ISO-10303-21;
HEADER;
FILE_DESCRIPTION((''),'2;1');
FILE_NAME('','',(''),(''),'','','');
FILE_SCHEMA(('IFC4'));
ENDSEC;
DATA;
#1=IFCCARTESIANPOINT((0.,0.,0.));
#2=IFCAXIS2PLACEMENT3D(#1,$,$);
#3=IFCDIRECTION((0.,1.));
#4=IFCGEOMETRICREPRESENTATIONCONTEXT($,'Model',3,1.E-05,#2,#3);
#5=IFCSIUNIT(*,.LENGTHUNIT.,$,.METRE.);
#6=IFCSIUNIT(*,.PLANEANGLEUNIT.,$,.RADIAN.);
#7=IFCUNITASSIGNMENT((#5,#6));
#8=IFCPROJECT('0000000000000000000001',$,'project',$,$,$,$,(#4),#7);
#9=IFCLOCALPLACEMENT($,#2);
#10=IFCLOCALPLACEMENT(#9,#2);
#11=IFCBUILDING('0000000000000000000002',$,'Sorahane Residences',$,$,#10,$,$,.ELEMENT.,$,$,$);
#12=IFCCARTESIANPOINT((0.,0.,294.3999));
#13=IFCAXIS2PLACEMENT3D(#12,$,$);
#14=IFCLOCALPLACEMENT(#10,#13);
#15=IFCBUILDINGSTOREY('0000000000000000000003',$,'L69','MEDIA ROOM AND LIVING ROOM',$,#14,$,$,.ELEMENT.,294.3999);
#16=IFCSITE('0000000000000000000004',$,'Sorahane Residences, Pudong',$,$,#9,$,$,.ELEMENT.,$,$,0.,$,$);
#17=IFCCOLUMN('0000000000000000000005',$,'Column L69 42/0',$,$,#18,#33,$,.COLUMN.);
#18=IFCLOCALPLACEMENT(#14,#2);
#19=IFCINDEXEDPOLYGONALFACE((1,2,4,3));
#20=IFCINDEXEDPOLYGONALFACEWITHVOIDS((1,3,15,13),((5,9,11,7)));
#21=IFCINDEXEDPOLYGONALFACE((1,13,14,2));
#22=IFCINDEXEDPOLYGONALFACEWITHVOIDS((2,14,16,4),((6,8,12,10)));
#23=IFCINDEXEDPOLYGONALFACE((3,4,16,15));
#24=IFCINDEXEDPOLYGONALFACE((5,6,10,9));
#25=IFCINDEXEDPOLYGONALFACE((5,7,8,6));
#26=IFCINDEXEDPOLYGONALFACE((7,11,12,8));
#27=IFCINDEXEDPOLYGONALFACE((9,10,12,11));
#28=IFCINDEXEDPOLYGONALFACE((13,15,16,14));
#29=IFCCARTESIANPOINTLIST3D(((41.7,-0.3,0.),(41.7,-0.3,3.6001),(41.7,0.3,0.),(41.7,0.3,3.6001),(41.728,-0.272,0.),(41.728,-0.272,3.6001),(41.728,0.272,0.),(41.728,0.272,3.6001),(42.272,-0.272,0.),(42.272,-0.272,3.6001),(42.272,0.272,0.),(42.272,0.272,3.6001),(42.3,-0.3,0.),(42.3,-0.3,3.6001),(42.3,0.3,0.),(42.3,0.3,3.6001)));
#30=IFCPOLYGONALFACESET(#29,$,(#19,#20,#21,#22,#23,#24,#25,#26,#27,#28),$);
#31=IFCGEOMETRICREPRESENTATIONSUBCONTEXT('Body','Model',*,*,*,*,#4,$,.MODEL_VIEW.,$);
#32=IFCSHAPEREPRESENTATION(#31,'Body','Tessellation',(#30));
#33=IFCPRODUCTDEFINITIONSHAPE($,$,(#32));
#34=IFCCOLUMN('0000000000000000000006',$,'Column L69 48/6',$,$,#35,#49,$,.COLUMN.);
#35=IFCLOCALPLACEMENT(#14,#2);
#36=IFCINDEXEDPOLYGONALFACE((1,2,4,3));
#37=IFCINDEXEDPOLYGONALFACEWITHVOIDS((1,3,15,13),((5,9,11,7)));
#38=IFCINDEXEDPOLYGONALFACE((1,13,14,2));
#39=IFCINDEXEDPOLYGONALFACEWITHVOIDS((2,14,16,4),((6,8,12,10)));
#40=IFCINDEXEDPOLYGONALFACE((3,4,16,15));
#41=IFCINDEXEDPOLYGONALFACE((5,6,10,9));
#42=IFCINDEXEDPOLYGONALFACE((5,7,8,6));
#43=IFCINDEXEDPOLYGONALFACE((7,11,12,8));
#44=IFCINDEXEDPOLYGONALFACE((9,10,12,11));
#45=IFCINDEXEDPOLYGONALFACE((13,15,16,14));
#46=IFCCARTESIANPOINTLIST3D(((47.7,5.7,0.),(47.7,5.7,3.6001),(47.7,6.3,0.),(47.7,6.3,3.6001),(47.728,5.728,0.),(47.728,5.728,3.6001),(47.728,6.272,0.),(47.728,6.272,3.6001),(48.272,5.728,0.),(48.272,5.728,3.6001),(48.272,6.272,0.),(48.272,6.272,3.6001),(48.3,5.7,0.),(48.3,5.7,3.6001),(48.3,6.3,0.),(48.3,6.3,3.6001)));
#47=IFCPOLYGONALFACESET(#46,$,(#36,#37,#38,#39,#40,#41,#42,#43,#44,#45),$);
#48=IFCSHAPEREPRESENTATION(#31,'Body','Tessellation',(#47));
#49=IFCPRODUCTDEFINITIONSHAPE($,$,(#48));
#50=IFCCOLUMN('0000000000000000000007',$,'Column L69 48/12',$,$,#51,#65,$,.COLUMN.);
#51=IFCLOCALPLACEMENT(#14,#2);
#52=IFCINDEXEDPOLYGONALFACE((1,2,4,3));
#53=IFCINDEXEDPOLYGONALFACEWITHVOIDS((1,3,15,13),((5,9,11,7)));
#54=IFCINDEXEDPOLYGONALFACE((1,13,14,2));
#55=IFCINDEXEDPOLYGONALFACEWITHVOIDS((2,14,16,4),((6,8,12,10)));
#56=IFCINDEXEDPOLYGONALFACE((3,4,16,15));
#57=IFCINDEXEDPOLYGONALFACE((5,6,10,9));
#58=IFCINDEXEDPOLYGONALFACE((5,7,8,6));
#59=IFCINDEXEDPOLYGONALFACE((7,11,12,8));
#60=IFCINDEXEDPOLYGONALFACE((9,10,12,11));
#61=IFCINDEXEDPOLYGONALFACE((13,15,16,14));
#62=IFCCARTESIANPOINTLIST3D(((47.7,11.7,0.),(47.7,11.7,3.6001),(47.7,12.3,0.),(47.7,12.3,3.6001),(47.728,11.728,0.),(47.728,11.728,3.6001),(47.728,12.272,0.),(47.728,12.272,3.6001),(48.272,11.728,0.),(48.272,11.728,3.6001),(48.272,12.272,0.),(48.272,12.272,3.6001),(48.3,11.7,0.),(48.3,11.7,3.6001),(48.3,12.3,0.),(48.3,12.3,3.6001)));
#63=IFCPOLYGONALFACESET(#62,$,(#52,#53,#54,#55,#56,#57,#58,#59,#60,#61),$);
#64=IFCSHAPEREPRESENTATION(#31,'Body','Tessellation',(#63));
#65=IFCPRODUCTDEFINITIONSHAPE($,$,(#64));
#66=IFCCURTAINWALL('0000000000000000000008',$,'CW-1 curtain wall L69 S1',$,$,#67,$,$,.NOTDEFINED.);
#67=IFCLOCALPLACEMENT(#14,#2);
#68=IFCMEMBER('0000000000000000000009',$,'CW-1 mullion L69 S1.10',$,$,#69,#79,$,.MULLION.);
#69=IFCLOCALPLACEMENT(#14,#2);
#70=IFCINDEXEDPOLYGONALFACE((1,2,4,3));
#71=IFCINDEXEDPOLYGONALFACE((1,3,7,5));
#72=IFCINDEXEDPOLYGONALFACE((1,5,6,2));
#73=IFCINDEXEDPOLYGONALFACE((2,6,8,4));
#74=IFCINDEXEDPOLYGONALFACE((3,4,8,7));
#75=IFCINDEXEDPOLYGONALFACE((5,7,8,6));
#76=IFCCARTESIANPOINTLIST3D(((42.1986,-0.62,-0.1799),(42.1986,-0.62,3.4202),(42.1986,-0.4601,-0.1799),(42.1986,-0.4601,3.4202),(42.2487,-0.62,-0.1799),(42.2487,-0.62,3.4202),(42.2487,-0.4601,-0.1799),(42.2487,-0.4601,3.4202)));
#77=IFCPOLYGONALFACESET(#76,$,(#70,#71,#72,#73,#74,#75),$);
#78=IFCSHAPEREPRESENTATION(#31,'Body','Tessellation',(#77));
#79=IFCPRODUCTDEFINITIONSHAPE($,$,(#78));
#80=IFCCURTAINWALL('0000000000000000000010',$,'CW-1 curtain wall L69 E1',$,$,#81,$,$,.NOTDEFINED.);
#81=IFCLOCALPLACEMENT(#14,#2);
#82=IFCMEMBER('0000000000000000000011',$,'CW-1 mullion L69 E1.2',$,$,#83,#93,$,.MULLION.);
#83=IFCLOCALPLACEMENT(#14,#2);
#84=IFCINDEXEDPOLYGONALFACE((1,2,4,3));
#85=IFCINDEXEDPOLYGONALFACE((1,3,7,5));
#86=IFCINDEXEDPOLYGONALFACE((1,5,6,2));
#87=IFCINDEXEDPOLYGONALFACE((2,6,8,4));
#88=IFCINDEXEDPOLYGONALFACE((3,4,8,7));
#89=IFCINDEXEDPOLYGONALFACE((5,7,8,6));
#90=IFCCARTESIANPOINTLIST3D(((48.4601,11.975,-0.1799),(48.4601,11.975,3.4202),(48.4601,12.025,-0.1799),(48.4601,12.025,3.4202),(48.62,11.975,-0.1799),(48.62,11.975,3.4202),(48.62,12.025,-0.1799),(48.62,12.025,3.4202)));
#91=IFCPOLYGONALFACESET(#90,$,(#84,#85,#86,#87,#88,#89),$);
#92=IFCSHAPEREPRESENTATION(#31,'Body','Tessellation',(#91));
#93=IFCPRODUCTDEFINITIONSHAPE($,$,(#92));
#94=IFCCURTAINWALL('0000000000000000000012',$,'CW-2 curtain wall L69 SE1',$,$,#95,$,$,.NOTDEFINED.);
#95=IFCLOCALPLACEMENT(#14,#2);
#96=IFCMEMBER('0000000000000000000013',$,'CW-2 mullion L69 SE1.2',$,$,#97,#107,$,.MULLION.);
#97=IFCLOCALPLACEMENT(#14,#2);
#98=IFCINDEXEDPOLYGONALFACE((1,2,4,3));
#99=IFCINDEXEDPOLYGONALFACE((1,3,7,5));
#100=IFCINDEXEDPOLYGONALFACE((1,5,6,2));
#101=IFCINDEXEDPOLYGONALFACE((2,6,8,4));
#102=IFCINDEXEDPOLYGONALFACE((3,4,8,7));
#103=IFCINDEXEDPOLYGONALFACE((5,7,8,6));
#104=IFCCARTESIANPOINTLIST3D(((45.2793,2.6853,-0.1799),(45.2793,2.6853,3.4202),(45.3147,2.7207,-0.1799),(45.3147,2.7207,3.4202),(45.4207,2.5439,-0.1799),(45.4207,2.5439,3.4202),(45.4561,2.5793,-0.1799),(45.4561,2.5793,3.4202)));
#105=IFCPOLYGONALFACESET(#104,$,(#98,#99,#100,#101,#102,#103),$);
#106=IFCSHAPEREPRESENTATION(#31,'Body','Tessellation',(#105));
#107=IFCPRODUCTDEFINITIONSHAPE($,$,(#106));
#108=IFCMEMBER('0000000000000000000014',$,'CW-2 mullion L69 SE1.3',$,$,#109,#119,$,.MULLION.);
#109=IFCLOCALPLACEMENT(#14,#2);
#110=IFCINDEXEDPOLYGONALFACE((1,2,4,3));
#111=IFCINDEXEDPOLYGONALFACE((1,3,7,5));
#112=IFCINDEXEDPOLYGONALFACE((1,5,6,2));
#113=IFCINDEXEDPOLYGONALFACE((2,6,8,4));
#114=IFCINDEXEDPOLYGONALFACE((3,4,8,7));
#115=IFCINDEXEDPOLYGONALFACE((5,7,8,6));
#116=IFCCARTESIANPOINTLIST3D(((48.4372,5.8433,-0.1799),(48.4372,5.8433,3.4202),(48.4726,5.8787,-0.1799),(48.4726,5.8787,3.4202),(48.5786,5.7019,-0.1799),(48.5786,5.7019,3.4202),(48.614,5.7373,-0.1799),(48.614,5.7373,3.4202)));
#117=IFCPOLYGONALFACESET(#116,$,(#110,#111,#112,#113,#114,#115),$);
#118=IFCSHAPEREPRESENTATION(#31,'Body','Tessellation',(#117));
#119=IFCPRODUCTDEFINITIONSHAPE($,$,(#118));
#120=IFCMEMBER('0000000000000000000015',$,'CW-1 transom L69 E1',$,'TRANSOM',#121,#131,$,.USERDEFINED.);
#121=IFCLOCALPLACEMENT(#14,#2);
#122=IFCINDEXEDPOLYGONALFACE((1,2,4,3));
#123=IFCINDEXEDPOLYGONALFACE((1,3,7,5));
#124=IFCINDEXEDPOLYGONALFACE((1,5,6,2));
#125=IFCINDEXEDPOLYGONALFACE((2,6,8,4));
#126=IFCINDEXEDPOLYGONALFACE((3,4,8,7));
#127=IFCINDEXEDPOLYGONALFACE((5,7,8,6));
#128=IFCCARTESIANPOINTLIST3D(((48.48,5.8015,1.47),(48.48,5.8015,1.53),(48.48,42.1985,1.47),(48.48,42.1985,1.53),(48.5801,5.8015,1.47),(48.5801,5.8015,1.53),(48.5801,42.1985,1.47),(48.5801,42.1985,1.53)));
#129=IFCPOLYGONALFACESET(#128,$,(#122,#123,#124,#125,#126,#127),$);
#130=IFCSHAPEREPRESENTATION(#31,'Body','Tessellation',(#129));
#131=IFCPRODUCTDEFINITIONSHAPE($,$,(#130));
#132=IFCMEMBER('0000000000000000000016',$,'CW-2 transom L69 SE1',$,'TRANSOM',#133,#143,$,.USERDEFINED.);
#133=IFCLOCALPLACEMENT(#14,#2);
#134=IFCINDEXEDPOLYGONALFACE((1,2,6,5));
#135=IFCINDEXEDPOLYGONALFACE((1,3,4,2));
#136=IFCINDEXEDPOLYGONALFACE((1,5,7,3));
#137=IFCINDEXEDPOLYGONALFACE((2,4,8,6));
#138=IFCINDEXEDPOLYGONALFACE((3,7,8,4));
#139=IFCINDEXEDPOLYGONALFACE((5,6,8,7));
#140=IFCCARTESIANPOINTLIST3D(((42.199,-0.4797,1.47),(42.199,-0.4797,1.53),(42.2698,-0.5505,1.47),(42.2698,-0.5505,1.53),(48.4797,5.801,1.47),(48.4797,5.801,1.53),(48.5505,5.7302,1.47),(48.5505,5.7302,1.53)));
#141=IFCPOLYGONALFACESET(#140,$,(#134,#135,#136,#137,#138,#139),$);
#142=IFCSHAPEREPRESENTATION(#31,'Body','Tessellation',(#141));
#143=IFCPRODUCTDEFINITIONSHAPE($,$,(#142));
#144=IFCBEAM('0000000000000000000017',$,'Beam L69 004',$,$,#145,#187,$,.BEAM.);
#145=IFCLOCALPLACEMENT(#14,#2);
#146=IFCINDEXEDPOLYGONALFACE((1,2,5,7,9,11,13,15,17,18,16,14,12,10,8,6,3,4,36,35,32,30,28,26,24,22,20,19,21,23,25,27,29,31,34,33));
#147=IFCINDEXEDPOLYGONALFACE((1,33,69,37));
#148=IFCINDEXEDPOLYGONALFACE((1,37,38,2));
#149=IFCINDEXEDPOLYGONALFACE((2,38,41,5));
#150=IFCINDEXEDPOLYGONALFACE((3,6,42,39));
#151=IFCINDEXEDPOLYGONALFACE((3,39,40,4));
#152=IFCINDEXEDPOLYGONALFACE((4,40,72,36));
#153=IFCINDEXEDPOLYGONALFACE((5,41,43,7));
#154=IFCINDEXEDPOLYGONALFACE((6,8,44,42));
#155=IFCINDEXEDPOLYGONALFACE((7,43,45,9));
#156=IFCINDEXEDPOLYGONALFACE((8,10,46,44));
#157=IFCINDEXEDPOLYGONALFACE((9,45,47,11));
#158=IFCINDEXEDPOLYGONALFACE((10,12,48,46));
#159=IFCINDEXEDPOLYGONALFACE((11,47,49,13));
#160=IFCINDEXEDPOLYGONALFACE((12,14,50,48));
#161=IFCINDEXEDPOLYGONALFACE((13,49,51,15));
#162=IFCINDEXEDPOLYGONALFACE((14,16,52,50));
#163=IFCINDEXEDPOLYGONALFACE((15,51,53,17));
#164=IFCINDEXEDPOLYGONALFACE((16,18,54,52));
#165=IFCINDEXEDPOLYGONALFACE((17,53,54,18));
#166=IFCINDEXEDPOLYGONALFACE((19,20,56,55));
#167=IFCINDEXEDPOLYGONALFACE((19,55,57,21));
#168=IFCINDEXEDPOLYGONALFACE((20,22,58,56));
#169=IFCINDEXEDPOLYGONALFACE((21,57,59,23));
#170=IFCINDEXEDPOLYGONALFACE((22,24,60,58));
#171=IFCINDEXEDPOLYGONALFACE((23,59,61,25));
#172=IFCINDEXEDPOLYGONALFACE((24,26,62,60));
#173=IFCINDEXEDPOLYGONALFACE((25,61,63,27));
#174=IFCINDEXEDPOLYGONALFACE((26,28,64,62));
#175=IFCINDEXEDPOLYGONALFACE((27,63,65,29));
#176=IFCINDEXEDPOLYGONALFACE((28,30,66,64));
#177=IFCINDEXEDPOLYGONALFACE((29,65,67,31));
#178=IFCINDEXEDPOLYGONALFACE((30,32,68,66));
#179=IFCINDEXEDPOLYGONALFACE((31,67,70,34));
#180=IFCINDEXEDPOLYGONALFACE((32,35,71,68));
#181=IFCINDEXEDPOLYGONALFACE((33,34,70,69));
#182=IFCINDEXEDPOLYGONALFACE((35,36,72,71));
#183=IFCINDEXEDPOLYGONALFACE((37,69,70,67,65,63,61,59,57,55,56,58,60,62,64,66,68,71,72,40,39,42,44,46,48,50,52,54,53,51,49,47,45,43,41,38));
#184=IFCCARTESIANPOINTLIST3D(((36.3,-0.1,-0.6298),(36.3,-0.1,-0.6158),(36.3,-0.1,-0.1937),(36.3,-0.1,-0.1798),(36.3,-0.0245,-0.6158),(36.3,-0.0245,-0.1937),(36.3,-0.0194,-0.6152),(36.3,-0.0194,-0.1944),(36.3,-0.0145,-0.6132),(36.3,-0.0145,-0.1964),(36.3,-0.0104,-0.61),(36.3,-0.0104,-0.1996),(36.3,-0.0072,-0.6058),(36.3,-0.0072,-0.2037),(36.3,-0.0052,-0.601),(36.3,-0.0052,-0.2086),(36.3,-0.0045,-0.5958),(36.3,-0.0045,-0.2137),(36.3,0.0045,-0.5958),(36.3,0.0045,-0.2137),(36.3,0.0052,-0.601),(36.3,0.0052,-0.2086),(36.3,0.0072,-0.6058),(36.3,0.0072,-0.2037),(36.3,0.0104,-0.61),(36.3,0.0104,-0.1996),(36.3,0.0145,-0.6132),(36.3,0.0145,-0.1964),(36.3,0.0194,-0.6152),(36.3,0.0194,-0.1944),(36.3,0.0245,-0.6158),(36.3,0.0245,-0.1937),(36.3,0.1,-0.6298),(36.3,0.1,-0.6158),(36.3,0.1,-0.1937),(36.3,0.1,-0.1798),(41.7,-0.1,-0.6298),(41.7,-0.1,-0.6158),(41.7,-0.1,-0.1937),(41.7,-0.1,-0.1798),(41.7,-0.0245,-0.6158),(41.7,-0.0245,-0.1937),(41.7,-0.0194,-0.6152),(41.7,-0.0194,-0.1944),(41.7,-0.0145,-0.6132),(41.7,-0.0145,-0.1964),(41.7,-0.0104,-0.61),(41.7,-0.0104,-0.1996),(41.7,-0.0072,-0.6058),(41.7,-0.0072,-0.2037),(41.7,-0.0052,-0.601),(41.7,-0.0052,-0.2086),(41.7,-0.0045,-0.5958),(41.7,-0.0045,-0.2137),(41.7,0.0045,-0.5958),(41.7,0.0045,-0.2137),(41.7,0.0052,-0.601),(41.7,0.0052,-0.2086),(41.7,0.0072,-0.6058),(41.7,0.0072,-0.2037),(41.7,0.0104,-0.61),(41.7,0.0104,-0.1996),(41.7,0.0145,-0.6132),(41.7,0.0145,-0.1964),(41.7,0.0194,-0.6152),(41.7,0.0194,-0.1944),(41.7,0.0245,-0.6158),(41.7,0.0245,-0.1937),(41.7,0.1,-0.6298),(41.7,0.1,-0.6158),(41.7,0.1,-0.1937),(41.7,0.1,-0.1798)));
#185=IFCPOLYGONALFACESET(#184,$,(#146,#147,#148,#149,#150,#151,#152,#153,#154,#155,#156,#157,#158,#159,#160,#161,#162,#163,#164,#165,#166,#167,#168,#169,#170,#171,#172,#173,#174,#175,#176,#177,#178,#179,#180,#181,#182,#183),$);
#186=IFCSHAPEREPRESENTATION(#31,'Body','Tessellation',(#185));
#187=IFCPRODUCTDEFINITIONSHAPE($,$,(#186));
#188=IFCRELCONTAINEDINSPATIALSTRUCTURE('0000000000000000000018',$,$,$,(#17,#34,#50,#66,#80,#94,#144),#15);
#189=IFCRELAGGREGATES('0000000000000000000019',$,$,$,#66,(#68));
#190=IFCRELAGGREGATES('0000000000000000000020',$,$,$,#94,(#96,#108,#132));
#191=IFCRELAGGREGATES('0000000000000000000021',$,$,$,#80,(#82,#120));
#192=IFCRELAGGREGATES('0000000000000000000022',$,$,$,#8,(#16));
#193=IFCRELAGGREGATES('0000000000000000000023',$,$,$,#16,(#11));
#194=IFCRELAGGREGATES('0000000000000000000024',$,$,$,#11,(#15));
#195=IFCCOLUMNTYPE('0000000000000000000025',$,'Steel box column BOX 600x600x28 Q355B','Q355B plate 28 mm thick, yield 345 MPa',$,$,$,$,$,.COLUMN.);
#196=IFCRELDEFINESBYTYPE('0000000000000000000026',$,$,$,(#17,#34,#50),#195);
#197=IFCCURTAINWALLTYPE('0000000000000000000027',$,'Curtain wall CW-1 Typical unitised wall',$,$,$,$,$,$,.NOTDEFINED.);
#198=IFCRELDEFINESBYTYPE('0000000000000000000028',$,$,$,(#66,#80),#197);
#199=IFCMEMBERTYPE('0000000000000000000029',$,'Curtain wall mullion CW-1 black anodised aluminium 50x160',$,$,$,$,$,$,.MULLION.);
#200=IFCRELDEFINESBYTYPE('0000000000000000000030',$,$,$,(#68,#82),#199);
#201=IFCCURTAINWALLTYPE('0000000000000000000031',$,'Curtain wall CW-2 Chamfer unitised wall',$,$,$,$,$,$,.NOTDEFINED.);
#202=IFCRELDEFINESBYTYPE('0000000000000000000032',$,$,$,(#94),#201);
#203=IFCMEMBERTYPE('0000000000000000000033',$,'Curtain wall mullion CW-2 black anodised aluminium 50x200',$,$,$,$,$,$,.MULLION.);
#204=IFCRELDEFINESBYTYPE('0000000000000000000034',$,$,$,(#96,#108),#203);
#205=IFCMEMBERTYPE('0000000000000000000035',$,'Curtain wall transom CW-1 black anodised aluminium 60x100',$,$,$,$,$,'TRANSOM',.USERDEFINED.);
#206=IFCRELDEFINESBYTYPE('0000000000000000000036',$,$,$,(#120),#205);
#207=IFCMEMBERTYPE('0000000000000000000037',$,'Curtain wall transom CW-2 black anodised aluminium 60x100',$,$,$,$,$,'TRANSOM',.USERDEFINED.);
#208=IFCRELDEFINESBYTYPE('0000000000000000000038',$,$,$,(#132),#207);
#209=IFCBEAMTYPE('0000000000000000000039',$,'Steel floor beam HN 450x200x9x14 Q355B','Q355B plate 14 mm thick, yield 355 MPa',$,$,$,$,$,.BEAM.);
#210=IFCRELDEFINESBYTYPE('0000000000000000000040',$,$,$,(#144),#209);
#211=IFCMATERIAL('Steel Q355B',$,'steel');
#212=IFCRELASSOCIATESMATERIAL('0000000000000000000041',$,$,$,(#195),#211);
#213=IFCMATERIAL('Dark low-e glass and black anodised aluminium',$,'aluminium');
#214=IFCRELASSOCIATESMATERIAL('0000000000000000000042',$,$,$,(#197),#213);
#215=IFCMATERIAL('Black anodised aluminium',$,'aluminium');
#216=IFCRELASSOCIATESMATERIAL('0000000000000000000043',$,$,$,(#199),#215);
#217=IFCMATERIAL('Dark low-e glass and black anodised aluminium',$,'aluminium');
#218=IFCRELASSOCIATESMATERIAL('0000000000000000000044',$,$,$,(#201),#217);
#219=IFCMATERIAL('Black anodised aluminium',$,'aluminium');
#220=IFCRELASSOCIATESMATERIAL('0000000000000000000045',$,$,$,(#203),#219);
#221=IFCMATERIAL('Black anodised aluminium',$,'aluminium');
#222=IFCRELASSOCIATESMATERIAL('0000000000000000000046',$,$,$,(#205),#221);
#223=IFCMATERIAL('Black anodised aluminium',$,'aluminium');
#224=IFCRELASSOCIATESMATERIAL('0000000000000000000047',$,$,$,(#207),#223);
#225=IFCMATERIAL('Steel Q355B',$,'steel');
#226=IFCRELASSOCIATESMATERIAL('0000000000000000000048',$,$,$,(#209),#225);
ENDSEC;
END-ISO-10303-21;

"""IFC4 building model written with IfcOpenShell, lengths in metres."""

from ifc_helpers import new_model, si_unit, direction, frame, origin, origin_2d, place, context, subcontext, project, spatial, rectangle, hollow_rectangle, i_section, extrude, material, material_profile, profile_set, type_object, element, aggregate, save


model = new_model("IFC4")

# Units and contexts
model_context = context("Model", 3, precision=1e-05, world=origin(), true_north=direction((0.0, 1.0)))
body_context = subcontext(model_context, "Body", "Model", "MODEL_VIEW")
ifc_project = project(units=[si_unit("LENGTHUNIT", "METRE"), si_unit("PLANEANGLEUNIT", "RADIAN")], contexts=[model_context])

# Site, building, storey
site_placement = place(None, origin())
site = spatial("IfcSite", under=ifc_project, at=site_placement, Name="Sorahane Residences, Pudong", CompositionType="ELEMENT", RefElevation=0.0)
building_placement = place(site_placement, origin())
building = spatial("IfcBuilding", under=site, at=building_placement, Name="Sorahane Residences", CompositionType="ELEMENT")
storey_placement = place(building_placement, frame((0.0, 0.0, 294.3999)))
storey = spatial("IfcBuildingStorey", under=building, at=storey_placement, Name="L69", Description="MEDIA ROOM AND LIVING ROOM", CompositionType="ELEMENT", Elevation=294.3999)

# Columns
ifc_material_1 = material(Name="Steel Q355B", Category="steel")
ifc_material_profile_1 = material_profile(ifc_material_1, hollow_rectangle(XDim=0.6001, YDim=0.6001, WallThickness=0.0281, at=origin_2d()), Name="BOX 600x600x28")
ifc_profile_set_1 = profile_set([ifc_material_profile_1], Name="Steel Q355B")
column_type = type_object("IfcColumnType", Name="Steel box column BOX 600x600x28 Q355B", Description="Q355B plate 28 mm thick, yield 345 MPa", PredefinedType="COLUMN", material=ifc_profile_set_1)
for number, where, z_axis, x_axis, name in (
    (1, (42.0, 0.0, 0.0), (0.0, 0.0, 1.0), (1.0, 0.0, 0.0), "Column L69 42/0"),
    (2, (48.0, 6.0, 0.0), (0.0, 0.0, 1.0), (1.0, 0.0, 0.0), "Column L69 48/6"),
    (3, (48.0, 12.0, 0.0), (0.0, 0.0, 1.0), (1.0, 0.0, 0.0), "Column L69 48/12"),
):
    element("IfcColumn", number, at=place(storey_placement, frame(where, z_axis=z_axis, x_axis=x_axis)), inside=storey, type_object=column_type, Name=name, PredefinedType="COLUMN", context=body_context, shape_type="SweptSolid", body=[
        extrude(hollow_rectangle(XDim=0.6001, YDim=0.6001, WallThickness=0.0281, at=origin_2d()), origin(), (0.0, 0.0, 1.0), 3.6001),
    ])

# Curtain walls, members
ifc_material_2 = material(Name="Dark low-e glass and black anodised aluminium", Category="aluminium")
curtain_wall_type_1 = type_object("IfcCurtainWallType", Name="Curtain wall CW-1 Typical unitised wall", PredefinedType="NOTDEFINED", material=ifc_material_2)
curtain_wall_1_placement = place(storey_placement, origin())
curtain_wall_1 = element("IfcCurtainWall", 4, at=curtain_wall_1_placement, inside=storey, type_object=curtain_wall_type_1, Name="CW-1 curtain wall L69 S1", PredefinedType="NOTDEFINED")
ifc_material_3 = material(Name="Black anodised aluminium", Category="aluminium")
ifc_material_profile_2 = material_profile(ifc_material_3, rectangle(XDim=0.1599, YDim=0.05, at=origin_2d()), Name="Curtain wall mullion CW-1 black anodised aluminium 50x160")
ifc_profile_set_2 = profile_set([ifc_material_profile_2], Name="Black anodised aluminium")
member_type_1 = type_object("IfcMemberType", Name="Curtain wall mullion CW-1 black anodised aluminium 50x160", PredefinedType="MULLION", material=ifc_profile_set_2)
member_1_placement = place(storey_placement, frame((42.2236, -0.54, -0.1799), z_axis=(0.0, 0.0, 1.0), x_axis=(0.0, -1.0, 0.0)))
member_1 = element("IfcMember", 5, at=member_1_placement, type_object=member_type_1, Name="CW-1 mullion L69 S1.10", PredefinedType="MULLION", context=body_context, shape_type="SweptSolid", body=[
    extrude(rectangle(XDim=0.1599, YDim=0.05, at=origin_2d()), origin(), (0.0, 0.0, 1.0), 3.6001),
])
curtain_wall_2_placement = place(storey_placement, origin())
curtain_wall_2 = element("IfcCurtainWall", 6, at=curtain_wall_2_placement, inside=storey, type_object=curtain_wall_type_1, Name="CW-1 curtain wall L69 E1", PredefinedType="NOTDEFINED")
member_2_placement = place(storey_placement, frame((48.54, 12.0, -0.1799), z_axis=(0.0, 0.0, 1.0), x_axis=(1.0, 0.0, 0.0)))
member_2 = element("IfcMember", 7, at=member_2_placement, type_object=member_type_1, Name="CW-1 mullion L69 E1.2", PredefinedType="MULLION", context=body_context, shape_type="SweptSolid", body=[
    extrude(rectangle(XDim=0.1599, YDim=0.05, at=origin_2d()), origin(), (0.0, 0.0, 1.0), 3.6001),
])

# Curtain wall, members
ifc_material_4 = material(Name="Dark low-e glass and black anodised aluminium", Category="aluminium")
curtain_wall_type_2 = type_object("IfcCurtainWallType", Name="Curtain wall CW-2 Chamfer unitised wall", PredefinedType="NOTDEFINED", material=ifc_material_4)
curtain_wall_3_placement = place(storey_placement, origin())
curtain_wall_3 = element("IfcCurtainWall", 8, at=curtain_wall_3_placement, inside=storey, type_object=curtain_wall_type_2, Name="CW-2 curtain wall L69 SE1", PredefinedType="NOTDEFINED")
ifc_material_5 = material(Name="Black anodised aluminium", Category="aluminium")
ifc_material_profile_3 = material_profile(ifc_material_5, rectangle(XDim=0.2, YDim=0.05, at=origin_2d()), Name="Curtain wall mullion CW-2 black anodised aluminium 50x200")
ifc_profile_set_3 = profile_set([ifc_material_profile_3], Name="Black anodised aluminium")
member_type_2 = type_object("IfcMemberType", Name="Curtain wall mullion CW-2 black anodised aluminium 50x200", PredefinedType="MULLION", material=ifc_profile_set_3)
member_3_placement = place(storey_placement, frame((45.3677, 2.6323, -0.1799), z_axis=(0.0, 0.0, 1.0), x_axis=(0.707107, -0.707107, 0.0)))
member_3 = element("IfcMember", 9, at=member_3_placement, type_object=member_type_2, Name="CW-2 mullion L69 SE1.2", PredefinedType="MULLION", context=body_context, shape_type="SweptSolid", body=[
    extrude(rectangle(XDim=0.2, YDim=0.05, at=origin_2d()), origin(), (0.0, 0.0, 1.0), 3.6001),
])
member_4_placement = place(storey_placement, frame((48.5256, 5.7903, -0.1799), z_axis=(0.0, 0.0, 1.0), x_axis=(0.707107, -0.707107, 0.0)))
member_4 = element("IfcMember", 10, at=member_4_placement, type_object=member_type_2, Name="CW-2 mullion L69 SE1.3", PredefinedType="MULLION", context=body_context, shape_type="SweptSolid", body=[
    extrude(rectangle(XDim=0.2, YDim=0.05, at=origin_2d()), origin(), (0.0, 0.0, 1.0), 3.6001),
])

# Members
ifc_material_6 = material(Name="Black anodised aluminium", Category="aluminium")
ifc_material_profile_4 = material_profile(ifc_material_6, rectangle(XDim=0.1001, YDim=0.0601, at=origin_2d()), Name="Curtain wall transom CW-1 black anodised aluminium 60x100")
ifc_profile_set_4 = profile_set([ifc_material_profile_4], Name="Black anodised aluminium")
member_type_3 = type_object("IfcMemberType", Name="Curtain wall transom CW-1 black anodised aluminium 60x100", ElementType="TRANSOM", PredefinedType="USERDEFINED", material=ifc_profile_set_4)
member_5_placement = place(storey_placement, frame((48.53, 5.8015, 1.5), z_axis=(0.0, 1.0, 0.0), x_axis=(-1.0, 0.0, 0.0)))
member_5 = element("IfcMember", 11, at=member_5_placement, type_object=member_type_3, Name="CW-1 transom L69 E1", ObjectType="TRANSOM", PredefinedType="USERDEFINED", context=body_context, shape_type="SweptSolid", body=[
    extrude(rectangle(XDim=0.1001, YDim=0.0601, at=origin_2d()), origin(), (0.0, 0.0, 1.0), 36.397),
])
ifc_material_7 = material(Name="Black anodised aluminium", Category="aluminium")
ifc_material_profile_5 = material_profile(ifc_material_7, rectangle(XDim=0.1001, YDim=0.0601, at=origin_2d()), Name="Curtain wall transom CW-2 black anodised aluminium 60x100")
ifc_profile_set_5 = profile_set([ifc_material_profile_5], Name="Black anodised aluminium")
member_type_4 = type_object("IfcMemberType", Name="Curtain wall transom CW-2 black anodised aluminium 60x100", ElementType="TRANSOM", PredefinedType="USERDEFINED", material=ifc_profile_set_5)
member_6_placement = place(storey_placement, frame((42.2344, -0.5151, 1.5), z_axis=(0.707107, 0.707107, 0.0), x_axis=(-0.707107, 0.707107, 0.0)))
member_6 = element("IfcMember", 12, at=member_6_placement, type_object=member_type_4, Name="CW-2 transom L69 SE1", ObjectType="TRANSOM", PredefinedType="USERDEFINED", context=body_context, shape_type="SweptSolid", body=[
    extrude(rectangle(XDim=0.1001, YDim=0.0601, at=origin_2d()), origin(), (0.0, 0.0, 1.0), 8.8823),
])

# Beam
ifc_material_8 = material(Name="Steel Q355B", Category="steel")
ifc_material_profile_6 = material_profile(ifc_material_8, i_section(OverallWidth=0.2, OverallDepth=0.45, WebThickness=0.009, FlangeThickness=0.0139, FilletRadius=0.02, at=origin_2d()), Name="HN 450x200x9x14")
ifc_profile_set_6 = profile_set([ifc_material_profile_6], Name="Steel Q355B")
beam_type_1 = type_object("IfcBeamType", Name="Steel floor beam HN 450x200x9x14 Q355B", Description="Q355B plate 14 mm thick, yield 355 MPa", PredefinedType="BEAM", material=ifc_profile_set_6)
for number, where, z_axis, x_axis, name in (
    (13, (36.3, 0.0, -0.4048), (1.0, 0.0, 0.0), (0.0, 1.0, 0.0), "Beam L69 004"),
):
    element("IfcBeam", number, at=place(storey_placement, frame(where, z_axis=z_axis, x_axis=x_axis)), inside=storey, type_object=beam_type_1, Name=name, PredefinedType="BEAM", context=body_context, shape_type="SweptSolid", body=[
        extrude(i_section(OverallWidth=0.2, OverallDepth=0.45, WebThickness=0.009, FlangeThickness=0.0139, FilletRadius=0.02, at=origin_2d()), origin(), (0.0, 0.0, 1.0), 5.3999),
    ])

aggregate(curtain_wall_1, [member_1])
aggregate(curtain_wall_3, [member_3, member_4, member_6])
aggregate(curtain_wall_2, [member_2, member_5])

save(model, "model.ifc")
